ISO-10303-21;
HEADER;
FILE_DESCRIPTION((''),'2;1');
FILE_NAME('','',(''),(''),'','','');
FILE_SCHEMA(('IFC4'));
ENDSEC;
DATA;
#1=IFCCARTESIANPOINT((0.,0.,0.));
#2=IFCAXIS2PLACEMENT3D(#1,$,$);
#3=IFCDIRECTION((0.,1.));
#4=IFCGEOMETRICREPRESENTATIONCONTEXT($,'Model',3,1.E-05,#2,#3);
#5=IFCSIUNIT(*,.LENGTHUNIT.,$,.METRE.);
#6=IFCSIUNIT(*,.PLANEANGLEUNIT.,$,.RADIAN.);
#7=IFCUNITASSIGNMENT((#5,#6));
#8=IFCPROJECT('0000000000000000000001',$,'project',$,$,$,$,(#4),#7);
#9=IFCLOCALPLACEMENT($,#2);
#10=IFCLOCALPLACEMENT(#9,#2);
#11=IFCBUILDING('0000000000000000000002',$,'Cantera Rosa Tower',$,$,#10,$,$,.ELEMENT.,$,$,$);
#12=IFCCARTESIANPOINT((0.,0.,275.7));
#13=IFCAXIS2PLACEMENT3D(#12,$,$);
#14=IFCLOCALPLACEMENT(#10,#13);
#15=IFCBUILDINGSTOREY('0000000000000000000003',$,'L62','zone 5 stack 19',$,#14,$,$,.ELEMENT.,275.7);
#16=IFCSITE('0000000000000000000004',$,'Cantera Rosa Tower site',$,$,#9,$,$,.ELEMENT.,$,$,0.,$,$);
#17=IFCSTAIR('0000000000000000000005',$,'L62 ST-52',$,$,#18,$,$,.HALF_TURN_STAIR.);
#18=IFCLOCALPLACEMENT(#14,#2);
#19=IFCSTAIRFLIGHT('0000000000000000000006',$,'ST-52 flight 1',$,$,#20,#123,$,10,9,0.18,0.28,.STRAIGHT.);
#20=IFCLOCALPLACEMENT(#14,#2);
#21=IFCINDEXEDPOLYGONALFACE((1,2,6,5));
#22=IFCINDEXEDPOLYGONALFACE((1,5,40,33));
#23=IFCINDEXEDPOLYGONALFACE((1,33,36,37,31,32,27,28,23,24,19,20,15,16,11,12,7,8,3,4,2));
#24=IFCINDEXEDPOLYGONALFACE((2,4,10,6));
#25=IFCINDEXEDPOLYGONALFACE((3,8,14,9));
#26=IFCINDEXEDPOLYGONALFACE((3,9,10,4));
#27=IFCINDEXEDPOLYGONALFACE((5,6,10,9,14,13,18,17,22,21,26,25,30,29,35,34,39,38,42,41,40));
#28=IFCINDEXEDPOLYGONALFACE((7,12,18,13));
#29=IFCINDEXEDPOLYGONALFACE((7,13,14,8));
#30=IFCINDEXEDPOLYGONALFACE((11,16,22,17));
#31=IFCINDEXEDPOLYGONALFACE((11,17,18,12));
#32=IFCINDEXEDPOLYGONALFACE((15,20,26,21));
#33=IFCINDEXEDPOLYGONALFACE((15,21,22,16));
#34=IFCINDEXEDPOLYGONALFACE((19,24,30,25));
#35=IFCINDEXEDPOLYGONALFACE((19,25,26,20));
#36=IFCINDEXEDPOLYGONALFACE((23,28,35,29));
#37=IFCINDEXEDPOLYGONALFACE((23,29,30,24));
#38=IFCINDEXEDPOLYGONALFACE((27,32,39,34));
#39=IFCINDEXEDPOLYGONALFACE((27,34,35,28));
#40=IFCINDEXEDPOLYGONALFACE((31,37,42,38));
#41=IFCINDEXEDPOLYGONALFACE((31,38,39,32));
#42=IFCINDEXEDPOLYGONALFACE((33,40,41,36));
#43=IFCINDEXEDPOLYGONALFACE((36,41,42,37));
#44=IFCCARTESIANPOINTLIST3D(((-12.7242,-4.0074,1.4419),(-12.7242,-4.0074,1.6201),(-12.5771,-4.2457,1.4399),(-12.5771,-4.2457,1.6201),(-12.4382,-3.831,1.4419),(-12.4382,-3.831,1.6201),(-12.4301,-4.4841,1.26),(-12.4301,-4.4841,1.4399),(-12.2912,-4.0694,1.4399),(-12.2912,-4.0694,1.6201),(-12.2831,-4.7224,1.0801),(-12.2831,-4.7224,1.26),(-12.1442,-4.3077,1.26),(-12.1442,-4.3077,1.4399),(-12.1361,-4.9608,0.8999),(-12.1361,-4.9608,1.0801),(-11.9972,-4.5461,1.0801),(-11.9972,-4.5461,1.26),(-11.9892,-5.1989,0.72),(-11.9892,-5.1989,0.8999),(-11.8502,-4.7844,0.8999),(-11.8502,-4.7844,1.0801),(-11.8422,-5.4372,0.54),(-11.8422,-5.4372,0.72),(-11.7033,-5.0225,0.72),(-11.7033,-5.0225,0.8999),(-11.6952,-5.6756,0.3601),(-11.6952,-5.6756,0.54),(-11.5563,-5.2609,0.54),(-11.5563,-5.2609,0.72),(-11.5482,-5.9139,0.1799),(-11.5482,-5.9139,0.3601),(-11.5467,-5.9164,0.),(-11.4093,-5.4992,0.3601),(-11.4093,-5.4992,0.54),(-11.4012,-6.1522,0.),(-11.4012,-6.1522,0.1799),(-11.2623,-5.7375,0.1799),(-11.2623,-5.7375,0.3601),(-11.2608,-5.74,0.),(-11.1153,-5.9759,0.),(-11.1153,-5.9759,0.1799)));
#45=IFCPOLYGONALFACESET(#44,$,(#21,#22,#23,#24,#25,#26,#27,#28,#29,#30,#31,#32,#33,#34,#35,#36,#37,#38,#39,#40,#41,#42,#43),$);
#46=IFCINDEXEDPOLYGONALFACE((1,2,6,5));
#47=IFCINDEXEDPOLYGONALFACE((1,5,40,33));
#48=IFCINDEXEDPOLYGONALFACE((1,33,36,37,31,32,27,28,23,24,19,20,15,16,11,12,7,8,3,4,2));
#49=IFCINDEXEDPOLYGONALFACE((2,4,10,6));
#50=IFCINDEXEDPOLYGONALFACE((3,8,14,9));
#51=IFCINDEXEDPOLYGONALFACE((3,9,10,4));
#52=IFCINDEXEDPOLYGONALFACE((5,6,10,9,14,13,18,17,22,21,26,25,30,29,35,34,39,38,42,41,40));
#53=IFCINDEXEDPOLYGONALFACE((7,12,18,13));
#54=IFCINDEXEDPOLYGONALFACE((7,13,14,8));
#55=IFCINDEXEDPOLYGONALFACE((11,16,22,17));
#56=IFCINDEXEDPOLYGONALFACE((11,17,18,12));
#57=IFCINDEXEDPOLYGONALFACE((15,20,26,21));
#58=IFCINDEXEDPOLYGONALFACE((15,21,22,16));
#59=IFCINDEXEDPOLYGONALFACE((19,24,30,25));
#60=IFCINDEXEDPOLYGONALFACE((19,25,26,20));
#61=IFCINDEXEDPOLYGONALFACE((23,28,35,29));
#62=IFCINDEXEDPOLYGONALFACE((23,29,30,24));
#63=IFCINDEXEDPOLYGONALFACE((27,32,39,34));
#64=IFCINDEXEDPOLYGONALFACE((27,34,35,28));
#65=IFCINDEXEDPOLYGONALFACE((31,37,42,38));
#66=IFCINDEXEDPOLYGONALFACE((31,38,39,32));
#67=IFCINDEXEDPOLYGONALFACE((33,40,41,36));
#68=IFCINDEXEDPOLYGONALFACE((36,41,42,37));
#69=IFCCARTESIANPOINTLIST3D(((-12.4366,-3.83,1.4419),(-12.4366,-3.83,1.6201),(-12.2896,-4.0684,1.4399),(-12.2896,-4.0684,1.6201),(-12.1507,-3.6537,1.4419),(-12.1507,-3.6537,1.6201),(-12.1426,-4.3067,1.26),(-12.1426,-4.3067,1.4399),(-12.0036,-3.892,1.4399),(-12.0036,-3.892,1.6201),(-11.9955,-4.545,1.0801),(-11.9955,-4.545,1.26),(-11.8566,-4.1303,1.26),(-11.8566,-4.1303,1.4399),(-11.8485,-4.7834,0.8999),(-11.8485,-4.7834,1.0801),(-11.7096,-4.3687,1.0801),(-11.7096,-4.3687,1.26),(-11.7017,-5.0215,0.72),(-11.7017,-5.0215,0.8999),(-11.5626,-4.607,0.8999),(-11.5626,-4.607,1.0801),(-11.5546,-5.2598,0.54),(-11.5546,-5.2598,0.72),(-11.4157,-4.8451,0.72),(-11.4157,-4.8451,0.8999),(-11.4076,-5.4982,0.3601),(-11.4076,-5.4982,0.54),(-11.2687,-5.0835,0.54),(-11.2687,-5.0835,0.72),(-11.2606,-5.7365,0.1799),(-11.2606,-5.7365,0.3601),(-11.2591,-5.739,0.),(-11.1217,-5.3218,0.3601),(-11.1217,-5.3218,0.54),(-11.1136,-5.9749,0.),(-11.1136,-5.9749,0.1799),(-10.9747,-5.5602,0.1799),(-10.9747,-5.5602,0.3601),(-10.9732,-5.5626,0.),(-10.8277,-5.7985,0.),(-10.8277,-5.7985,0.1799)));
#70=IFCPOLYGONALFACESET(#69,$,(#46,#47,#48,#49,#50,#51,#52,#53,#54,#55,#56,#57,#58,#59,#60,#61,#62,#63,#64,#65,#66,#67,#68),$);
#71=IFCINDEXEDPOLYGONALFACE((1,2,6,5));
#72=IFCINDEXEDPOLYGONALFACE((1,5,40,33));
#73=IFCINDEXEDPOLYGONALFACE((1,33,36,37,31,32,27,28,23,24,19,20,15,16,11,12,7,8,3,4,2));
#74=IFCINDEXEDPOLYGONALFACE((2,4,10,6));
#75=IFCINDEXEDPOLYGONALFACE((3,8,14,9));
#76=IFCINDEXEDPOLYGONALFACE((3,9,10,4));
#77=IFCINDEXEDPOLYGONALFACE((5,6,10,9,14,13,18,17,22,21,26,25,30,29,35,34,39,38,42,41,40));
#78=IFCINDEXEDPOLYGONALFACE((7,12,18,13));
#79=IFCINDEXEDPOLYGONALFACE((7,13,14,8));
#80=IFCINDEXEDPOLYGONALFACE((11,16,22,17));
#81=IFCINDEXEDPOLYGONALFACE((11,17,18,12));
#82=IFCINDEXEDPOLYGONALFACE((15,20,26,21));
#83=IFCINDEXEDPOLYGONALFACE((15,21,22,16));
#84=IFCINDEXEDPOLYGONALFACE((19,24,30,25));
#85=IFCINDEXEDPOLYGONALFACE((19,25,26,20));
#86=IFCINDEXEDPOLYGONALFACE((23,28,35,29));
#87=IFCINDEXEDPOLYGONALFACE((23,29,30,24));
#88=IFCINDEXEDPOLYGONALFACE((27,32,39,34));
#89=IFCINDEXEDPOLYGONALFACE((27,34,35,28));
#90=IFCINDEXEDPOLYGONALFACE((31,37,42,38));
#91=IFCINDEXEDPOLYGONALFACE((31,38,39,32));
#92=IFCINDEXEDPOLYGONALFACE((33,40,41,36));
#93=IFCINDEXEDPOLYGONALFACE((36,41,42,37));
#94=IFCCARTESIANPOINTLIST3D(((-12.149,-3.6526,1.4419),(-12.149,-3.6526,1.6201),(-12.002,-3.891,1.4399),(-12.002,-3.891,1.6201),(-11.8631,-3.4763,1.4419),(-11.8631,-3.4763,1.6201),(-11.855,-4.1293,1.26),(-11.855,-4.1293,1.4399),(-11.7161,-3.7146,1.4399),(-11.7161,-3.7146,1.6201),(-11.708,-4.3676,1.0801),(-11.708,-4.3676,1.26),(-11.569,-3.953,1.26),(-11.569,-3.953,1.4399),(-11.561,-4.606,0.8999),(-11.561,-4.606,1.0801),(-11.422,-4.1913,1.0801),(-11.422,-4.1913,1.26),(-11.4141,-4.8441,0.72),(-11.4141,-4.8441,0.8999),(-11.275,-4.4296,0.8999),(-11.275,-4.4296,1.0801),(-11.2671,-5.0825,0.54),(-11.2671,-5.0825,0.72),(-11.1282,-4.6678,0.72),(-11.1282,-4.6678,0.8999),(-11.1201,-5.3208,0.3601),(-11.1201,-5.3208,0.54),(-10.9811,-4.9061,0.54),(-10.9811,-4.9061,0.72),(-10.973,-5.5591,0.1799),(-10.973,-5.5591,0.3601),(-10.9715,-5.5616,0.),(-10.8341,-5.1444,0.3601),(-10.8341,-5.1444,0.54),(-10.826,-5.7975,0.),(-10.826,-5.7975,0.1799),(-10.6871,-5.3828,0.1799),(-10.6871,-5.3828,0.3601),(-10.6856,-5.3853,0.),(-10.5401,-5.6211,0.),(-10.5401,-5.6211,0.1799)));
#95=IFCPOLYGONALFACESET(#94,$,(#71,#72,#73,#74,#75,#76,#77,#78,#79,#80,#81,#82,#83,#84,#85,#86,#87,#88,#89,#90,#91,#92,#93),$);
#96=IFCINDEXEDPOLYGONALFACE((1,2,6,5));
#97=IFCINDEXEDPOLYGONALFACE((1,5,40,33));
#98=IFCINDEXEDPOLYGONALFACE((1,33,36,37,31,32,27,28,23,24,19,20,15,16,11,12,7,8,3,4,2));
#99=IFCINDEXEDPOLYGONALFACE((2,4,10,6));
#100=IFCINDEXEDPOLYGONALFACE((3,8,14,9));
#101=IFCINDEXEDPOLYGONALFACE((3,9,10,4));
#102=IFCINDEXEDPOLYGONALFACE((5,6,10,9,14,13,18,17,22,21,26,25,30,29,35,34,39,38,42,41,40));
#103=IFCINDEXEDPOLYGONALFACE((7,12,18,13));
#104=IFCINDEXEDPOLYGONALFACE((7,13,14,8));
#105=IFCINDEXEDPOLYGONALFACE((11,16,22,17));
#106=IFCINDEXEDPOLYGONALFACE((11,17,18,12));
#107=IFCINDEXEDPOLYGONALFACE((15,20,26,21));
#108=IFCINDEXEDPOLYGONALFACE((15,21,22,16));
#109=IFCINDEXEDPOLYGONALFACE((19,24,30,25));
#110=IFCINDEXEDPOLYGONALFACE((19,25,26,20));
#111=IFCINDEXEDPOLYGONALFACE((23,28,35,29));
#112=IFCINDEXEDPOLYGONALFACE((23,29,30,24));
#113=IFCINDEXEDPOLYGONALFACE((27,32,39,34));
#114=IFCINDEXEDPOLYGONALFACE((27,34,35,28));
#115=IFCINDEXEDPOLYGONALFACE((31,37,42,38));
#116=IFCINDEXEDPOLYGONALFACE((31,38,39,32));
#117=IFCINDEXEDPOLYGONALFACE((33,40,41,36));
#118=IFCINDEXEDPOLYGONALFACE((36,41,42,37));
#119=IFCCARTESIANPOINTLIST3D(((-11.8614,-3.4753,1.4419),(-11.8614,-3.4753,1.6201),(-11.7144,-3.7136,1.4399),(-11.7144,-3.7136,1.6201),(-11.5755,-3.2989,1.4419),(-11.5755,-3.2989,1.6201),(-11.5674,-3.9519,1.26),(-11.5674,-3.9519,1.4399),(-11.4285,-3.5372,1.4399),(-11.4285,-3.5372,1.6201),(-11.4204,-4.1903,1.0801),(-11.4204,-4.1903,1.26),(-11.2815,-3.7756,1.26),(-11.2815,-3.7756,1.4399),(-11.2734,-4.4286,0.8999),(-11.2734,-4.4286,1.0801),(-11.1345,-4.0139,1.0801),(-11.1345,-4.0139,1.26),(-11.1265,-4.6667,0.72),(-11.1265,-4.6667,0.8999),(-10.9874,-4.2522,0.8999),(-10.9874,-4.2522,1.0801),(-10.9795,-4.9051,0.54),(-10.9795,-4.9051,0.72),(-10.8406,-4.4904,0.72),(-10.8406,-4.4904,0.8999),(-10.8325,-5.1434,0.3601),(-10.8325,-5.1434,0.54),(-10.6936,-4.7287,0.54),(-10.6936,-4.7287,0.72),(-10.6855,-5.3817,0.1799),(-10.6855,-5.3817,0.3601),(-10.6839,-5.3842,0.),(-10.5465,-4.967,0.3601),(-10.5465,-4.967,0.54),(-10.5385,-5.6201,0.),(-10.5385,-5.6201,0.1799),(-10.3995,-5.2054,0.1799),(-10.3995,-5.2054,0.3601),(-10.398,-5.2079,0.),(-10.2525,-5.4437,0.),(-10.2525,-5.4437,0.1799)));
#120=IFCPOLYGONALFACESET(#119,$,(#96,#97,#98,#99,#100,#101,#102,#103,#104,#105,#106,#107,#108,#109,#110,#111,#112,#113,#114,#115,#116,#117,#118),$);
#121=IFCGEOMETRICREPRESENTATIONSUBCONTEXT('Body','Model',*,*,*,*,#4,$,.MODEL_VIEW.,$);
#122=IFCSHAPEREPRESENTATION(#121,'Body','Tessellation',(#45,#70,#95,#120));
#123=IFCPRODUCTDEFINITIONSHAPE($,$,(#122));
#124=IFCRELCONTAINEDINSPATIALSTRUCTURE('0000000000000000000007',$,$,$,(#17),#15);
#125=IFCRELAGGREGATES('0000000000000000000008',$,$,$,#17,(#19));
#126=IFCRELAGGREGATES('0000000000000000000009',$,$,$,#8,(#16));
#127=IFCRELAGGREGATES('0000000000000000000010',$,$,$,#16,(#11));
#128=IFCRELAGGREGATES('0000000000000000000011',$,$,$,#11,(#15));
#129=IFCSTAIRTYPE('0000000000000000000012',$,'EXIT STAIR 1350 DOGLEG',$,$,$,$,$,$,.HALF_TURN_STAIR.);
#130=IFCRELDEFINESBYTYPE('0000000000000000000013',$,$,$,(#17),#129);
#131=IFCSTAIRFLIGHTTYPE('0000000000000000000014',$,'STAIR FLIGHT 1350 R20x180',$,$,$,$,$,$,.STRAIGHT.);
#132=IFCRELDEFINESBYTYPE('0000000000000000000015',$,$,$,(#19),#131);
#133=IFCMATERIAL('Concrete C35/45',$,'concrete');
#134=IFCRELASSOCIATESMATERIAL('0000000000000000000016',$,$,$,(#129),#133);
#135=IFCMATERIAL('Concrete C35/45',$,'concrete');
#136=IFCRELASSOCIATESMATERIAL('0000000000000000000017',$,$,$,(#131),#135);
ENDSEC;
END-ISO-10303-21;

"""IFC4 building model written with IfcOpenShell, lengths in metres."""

from ifc_helpers import new_model, si_unit, direction, frame, origin, place, context, subcontext, project, spatial, polyline, outline, extrude, material, type_object, element, aggregate, save


model = new_model("IFC4")

# Units and contexts
model_context = context("Model", 3, precision=1e-05, world=origin(), true_north=direction((0.0, 1.0)))
body_context = subcontext(model_context, "Body", "Model", "MODEL_VIEW")
ifc_project = project(units=[si_unit("LENGTHUNIT", "METRE"), si_unit("PLANEANGLEUNIT", "RADIAN")], contexts=[model_context])

# Site, building, storey
site_placement = place(None, origin())
site = spatial("IfcSite", under=ifc_project, at=site_placement, Name="Cantera Rosa Tower site", CompositionType="ELEMENT", RefElevation=0.0)
building_placement = place(site_placement, origin())
building = spatial("IfcBuilding", under=site, at=building_placement, Name="Cantera Rosa Tower", CompositionType="ELEMENT")
storey_placement = place(building_placement, frame((0.0, 0.0, 275.7)))
storey = spatial("IfcBuildingStorey", under=building, at=storey_placement, Name="L62", Description="zone 5 stack 19", CompositionType="ELEMENT", Elevation=275.7)

# Stair, stair flight
ifc_material_1 = material(Name="Concrete C35/45", Category="concrete")
stair_type = type_object("IfcStairType", Name="EXIT STAIR 1350 DOGLEG", PredefinedType="HALF_TURN_STAIR", material=ifc_material_1)
stair_placement = place(storey_placement, origin())
stair = element("IfcStair", 1, at=stair_placement, inside=storey, type_object=stair_type, Name="L62 ST-52", PredefinedType="HALF_TURN_STAIR")
ifc_material_2 = material(Name="Concrete C35/45", Category="concrete")
stair_flight_type = type_object("IfcStairFlightType", Name="STAIR FLIGHT 1350 R20x180", PredefinedType="STRAIGHT", material=ifc_material_2)
stair_flight_1_placement = place(storey_placement, frame((-10.8267, -5.7979, 0.0), z_axis=(0.0, 0.0, 1.0), x_axis=(-0.524977, 0.851117, 0.0)))
stair_flight_1 = element("IfcStairFlight", 2, at=stair_flight_1_placement, type_object=stair_flight_type, Name="ST-52 flight 1", NumberOfRisers=10, NumberOfTreads=9, PredefinedType="STRAIGHT", RiserHeight=0.18, TreadLength=0.28, context=body_context, shape_type="SweptSolid", body=[
    extrude(outline(polyline([(0.0, 0.0), (0.0, 0.1799), (0.28, 0.1799), (0.28, 0.3601), (0.5601, 0.3601), (0.5601, 0.54), (0.8401, 0.54), (0.8401, 0.72), (1.1201, 0.72), (1.1201, 0.8999), (1.3999, 0.8999), (1.3999, 1.0801), (1.6799, 1.0801), (1.6799, 1.26), (1.96, 1.26), (1.96, 1.4399), (2.24, 1.4399), (2.24, 1.6201), (2.52, 1.6201), (2.52, 1.8), (2.52, 1.4419), (0.2771, 0.0), (0.0, 0.0)])), frame((0.0, 0.675, 0.0), z_axis=(0.0, -1.0, 0.0), x_axis=(1.0, 0.0, 0.0)), (0.0, 0.0, 1.0), 0.3359),
    extrude(outline(polyline([(0.0, 0.0), (0.0, 0.1799), (0.28, 0.1799), (0.28, 0.3601), (0.5601, 0.3601), (0.5601, 0.54), (0.8401, 0.54), (0.8401, 0.72), (1.1201, 0.72), (1.1201, 0.8999), (1.3999, 0.8999), (1.3999, 1.0801), (1.6799, 1.0801), (1.6799, 1.26), (1.96, 1.26), (1.96, 1.4399), (2.24, 1.4399), (2.24, 1.6201), (2.52, 1.6201), (2.52, 1.8), (2.52, 1.4419), (0.2771, 0.0), (0.0, 0.0)])), frame((0.0, 0.3372, 0.0), z_axis=(0.0, -1.0, 0.0), x_axis=(1.0, 0.0, 0.0)), (0.0, 0.0, 1.0), 0.3359),
    extrude(outline(polyline([(0.0, 0.0), (0.0, 0.1799), (0.28, 0.1799), (0.28, 0.3601), (0.5601, 0.3601), (0.5601, 0.54), (0.8401, 0.54), (0.8401, 0.72), (1.1201, 0.72), (1.1201, 0.8999), (1.3999, 0.8999), (1.3999, 1.0801), (1.6799, 1.0801), (1.6799, 1.26), (1.96, 1.26), (1.96, 1.4399), (2.24, 1.4399), (2.24, 1.6201), (2.52, 1.6201), (2.52, 1.8), (2.52, 1.4419), (0.2771, 0.0), (0.0, 0.0)])), frame((0.0, -0.0007, 0.0), z_axis=(0.0, -1.0, 0.0), x_axis=(1.0, 0.0, 0.0)), (0.0, 0.0, 1.0), 0.3359),
    extrude(outline(polyline([(0.0, 0.0), (0.0, 0.1799), (0.28, 0.1799), (0.28, 0.3601), (0.5601, 0.3601), (0.5601, 0.54), (0.8401, 0.54), (0.8401, 0.72), (1.1201, 0.72), (1.1201, 0.8999), (1.3999, 0.8999), (1.3999, 1.0801), (1.6799, 1.0801), (1.6799, 1.26), (1.96, 1.26), (1.96, 1.4399), (2.24, 1.4399), (2.24, 1.6201), (2.52, 1.6201), (2.52, 1.8), (2.52, 1.4419), (0.2771, 0.0), (0.0, 0.0)])), frame((0.0, -0.3386, 0.0), z_axis=(0.0, -1.0, 0.0), x_axis=(1.0, 0.0, 0.0)), (0.0, 0.0, 1.0), 0.3359),
])
aggregate(stair, [stair_flight_1])

save(model, "model.ifc")
